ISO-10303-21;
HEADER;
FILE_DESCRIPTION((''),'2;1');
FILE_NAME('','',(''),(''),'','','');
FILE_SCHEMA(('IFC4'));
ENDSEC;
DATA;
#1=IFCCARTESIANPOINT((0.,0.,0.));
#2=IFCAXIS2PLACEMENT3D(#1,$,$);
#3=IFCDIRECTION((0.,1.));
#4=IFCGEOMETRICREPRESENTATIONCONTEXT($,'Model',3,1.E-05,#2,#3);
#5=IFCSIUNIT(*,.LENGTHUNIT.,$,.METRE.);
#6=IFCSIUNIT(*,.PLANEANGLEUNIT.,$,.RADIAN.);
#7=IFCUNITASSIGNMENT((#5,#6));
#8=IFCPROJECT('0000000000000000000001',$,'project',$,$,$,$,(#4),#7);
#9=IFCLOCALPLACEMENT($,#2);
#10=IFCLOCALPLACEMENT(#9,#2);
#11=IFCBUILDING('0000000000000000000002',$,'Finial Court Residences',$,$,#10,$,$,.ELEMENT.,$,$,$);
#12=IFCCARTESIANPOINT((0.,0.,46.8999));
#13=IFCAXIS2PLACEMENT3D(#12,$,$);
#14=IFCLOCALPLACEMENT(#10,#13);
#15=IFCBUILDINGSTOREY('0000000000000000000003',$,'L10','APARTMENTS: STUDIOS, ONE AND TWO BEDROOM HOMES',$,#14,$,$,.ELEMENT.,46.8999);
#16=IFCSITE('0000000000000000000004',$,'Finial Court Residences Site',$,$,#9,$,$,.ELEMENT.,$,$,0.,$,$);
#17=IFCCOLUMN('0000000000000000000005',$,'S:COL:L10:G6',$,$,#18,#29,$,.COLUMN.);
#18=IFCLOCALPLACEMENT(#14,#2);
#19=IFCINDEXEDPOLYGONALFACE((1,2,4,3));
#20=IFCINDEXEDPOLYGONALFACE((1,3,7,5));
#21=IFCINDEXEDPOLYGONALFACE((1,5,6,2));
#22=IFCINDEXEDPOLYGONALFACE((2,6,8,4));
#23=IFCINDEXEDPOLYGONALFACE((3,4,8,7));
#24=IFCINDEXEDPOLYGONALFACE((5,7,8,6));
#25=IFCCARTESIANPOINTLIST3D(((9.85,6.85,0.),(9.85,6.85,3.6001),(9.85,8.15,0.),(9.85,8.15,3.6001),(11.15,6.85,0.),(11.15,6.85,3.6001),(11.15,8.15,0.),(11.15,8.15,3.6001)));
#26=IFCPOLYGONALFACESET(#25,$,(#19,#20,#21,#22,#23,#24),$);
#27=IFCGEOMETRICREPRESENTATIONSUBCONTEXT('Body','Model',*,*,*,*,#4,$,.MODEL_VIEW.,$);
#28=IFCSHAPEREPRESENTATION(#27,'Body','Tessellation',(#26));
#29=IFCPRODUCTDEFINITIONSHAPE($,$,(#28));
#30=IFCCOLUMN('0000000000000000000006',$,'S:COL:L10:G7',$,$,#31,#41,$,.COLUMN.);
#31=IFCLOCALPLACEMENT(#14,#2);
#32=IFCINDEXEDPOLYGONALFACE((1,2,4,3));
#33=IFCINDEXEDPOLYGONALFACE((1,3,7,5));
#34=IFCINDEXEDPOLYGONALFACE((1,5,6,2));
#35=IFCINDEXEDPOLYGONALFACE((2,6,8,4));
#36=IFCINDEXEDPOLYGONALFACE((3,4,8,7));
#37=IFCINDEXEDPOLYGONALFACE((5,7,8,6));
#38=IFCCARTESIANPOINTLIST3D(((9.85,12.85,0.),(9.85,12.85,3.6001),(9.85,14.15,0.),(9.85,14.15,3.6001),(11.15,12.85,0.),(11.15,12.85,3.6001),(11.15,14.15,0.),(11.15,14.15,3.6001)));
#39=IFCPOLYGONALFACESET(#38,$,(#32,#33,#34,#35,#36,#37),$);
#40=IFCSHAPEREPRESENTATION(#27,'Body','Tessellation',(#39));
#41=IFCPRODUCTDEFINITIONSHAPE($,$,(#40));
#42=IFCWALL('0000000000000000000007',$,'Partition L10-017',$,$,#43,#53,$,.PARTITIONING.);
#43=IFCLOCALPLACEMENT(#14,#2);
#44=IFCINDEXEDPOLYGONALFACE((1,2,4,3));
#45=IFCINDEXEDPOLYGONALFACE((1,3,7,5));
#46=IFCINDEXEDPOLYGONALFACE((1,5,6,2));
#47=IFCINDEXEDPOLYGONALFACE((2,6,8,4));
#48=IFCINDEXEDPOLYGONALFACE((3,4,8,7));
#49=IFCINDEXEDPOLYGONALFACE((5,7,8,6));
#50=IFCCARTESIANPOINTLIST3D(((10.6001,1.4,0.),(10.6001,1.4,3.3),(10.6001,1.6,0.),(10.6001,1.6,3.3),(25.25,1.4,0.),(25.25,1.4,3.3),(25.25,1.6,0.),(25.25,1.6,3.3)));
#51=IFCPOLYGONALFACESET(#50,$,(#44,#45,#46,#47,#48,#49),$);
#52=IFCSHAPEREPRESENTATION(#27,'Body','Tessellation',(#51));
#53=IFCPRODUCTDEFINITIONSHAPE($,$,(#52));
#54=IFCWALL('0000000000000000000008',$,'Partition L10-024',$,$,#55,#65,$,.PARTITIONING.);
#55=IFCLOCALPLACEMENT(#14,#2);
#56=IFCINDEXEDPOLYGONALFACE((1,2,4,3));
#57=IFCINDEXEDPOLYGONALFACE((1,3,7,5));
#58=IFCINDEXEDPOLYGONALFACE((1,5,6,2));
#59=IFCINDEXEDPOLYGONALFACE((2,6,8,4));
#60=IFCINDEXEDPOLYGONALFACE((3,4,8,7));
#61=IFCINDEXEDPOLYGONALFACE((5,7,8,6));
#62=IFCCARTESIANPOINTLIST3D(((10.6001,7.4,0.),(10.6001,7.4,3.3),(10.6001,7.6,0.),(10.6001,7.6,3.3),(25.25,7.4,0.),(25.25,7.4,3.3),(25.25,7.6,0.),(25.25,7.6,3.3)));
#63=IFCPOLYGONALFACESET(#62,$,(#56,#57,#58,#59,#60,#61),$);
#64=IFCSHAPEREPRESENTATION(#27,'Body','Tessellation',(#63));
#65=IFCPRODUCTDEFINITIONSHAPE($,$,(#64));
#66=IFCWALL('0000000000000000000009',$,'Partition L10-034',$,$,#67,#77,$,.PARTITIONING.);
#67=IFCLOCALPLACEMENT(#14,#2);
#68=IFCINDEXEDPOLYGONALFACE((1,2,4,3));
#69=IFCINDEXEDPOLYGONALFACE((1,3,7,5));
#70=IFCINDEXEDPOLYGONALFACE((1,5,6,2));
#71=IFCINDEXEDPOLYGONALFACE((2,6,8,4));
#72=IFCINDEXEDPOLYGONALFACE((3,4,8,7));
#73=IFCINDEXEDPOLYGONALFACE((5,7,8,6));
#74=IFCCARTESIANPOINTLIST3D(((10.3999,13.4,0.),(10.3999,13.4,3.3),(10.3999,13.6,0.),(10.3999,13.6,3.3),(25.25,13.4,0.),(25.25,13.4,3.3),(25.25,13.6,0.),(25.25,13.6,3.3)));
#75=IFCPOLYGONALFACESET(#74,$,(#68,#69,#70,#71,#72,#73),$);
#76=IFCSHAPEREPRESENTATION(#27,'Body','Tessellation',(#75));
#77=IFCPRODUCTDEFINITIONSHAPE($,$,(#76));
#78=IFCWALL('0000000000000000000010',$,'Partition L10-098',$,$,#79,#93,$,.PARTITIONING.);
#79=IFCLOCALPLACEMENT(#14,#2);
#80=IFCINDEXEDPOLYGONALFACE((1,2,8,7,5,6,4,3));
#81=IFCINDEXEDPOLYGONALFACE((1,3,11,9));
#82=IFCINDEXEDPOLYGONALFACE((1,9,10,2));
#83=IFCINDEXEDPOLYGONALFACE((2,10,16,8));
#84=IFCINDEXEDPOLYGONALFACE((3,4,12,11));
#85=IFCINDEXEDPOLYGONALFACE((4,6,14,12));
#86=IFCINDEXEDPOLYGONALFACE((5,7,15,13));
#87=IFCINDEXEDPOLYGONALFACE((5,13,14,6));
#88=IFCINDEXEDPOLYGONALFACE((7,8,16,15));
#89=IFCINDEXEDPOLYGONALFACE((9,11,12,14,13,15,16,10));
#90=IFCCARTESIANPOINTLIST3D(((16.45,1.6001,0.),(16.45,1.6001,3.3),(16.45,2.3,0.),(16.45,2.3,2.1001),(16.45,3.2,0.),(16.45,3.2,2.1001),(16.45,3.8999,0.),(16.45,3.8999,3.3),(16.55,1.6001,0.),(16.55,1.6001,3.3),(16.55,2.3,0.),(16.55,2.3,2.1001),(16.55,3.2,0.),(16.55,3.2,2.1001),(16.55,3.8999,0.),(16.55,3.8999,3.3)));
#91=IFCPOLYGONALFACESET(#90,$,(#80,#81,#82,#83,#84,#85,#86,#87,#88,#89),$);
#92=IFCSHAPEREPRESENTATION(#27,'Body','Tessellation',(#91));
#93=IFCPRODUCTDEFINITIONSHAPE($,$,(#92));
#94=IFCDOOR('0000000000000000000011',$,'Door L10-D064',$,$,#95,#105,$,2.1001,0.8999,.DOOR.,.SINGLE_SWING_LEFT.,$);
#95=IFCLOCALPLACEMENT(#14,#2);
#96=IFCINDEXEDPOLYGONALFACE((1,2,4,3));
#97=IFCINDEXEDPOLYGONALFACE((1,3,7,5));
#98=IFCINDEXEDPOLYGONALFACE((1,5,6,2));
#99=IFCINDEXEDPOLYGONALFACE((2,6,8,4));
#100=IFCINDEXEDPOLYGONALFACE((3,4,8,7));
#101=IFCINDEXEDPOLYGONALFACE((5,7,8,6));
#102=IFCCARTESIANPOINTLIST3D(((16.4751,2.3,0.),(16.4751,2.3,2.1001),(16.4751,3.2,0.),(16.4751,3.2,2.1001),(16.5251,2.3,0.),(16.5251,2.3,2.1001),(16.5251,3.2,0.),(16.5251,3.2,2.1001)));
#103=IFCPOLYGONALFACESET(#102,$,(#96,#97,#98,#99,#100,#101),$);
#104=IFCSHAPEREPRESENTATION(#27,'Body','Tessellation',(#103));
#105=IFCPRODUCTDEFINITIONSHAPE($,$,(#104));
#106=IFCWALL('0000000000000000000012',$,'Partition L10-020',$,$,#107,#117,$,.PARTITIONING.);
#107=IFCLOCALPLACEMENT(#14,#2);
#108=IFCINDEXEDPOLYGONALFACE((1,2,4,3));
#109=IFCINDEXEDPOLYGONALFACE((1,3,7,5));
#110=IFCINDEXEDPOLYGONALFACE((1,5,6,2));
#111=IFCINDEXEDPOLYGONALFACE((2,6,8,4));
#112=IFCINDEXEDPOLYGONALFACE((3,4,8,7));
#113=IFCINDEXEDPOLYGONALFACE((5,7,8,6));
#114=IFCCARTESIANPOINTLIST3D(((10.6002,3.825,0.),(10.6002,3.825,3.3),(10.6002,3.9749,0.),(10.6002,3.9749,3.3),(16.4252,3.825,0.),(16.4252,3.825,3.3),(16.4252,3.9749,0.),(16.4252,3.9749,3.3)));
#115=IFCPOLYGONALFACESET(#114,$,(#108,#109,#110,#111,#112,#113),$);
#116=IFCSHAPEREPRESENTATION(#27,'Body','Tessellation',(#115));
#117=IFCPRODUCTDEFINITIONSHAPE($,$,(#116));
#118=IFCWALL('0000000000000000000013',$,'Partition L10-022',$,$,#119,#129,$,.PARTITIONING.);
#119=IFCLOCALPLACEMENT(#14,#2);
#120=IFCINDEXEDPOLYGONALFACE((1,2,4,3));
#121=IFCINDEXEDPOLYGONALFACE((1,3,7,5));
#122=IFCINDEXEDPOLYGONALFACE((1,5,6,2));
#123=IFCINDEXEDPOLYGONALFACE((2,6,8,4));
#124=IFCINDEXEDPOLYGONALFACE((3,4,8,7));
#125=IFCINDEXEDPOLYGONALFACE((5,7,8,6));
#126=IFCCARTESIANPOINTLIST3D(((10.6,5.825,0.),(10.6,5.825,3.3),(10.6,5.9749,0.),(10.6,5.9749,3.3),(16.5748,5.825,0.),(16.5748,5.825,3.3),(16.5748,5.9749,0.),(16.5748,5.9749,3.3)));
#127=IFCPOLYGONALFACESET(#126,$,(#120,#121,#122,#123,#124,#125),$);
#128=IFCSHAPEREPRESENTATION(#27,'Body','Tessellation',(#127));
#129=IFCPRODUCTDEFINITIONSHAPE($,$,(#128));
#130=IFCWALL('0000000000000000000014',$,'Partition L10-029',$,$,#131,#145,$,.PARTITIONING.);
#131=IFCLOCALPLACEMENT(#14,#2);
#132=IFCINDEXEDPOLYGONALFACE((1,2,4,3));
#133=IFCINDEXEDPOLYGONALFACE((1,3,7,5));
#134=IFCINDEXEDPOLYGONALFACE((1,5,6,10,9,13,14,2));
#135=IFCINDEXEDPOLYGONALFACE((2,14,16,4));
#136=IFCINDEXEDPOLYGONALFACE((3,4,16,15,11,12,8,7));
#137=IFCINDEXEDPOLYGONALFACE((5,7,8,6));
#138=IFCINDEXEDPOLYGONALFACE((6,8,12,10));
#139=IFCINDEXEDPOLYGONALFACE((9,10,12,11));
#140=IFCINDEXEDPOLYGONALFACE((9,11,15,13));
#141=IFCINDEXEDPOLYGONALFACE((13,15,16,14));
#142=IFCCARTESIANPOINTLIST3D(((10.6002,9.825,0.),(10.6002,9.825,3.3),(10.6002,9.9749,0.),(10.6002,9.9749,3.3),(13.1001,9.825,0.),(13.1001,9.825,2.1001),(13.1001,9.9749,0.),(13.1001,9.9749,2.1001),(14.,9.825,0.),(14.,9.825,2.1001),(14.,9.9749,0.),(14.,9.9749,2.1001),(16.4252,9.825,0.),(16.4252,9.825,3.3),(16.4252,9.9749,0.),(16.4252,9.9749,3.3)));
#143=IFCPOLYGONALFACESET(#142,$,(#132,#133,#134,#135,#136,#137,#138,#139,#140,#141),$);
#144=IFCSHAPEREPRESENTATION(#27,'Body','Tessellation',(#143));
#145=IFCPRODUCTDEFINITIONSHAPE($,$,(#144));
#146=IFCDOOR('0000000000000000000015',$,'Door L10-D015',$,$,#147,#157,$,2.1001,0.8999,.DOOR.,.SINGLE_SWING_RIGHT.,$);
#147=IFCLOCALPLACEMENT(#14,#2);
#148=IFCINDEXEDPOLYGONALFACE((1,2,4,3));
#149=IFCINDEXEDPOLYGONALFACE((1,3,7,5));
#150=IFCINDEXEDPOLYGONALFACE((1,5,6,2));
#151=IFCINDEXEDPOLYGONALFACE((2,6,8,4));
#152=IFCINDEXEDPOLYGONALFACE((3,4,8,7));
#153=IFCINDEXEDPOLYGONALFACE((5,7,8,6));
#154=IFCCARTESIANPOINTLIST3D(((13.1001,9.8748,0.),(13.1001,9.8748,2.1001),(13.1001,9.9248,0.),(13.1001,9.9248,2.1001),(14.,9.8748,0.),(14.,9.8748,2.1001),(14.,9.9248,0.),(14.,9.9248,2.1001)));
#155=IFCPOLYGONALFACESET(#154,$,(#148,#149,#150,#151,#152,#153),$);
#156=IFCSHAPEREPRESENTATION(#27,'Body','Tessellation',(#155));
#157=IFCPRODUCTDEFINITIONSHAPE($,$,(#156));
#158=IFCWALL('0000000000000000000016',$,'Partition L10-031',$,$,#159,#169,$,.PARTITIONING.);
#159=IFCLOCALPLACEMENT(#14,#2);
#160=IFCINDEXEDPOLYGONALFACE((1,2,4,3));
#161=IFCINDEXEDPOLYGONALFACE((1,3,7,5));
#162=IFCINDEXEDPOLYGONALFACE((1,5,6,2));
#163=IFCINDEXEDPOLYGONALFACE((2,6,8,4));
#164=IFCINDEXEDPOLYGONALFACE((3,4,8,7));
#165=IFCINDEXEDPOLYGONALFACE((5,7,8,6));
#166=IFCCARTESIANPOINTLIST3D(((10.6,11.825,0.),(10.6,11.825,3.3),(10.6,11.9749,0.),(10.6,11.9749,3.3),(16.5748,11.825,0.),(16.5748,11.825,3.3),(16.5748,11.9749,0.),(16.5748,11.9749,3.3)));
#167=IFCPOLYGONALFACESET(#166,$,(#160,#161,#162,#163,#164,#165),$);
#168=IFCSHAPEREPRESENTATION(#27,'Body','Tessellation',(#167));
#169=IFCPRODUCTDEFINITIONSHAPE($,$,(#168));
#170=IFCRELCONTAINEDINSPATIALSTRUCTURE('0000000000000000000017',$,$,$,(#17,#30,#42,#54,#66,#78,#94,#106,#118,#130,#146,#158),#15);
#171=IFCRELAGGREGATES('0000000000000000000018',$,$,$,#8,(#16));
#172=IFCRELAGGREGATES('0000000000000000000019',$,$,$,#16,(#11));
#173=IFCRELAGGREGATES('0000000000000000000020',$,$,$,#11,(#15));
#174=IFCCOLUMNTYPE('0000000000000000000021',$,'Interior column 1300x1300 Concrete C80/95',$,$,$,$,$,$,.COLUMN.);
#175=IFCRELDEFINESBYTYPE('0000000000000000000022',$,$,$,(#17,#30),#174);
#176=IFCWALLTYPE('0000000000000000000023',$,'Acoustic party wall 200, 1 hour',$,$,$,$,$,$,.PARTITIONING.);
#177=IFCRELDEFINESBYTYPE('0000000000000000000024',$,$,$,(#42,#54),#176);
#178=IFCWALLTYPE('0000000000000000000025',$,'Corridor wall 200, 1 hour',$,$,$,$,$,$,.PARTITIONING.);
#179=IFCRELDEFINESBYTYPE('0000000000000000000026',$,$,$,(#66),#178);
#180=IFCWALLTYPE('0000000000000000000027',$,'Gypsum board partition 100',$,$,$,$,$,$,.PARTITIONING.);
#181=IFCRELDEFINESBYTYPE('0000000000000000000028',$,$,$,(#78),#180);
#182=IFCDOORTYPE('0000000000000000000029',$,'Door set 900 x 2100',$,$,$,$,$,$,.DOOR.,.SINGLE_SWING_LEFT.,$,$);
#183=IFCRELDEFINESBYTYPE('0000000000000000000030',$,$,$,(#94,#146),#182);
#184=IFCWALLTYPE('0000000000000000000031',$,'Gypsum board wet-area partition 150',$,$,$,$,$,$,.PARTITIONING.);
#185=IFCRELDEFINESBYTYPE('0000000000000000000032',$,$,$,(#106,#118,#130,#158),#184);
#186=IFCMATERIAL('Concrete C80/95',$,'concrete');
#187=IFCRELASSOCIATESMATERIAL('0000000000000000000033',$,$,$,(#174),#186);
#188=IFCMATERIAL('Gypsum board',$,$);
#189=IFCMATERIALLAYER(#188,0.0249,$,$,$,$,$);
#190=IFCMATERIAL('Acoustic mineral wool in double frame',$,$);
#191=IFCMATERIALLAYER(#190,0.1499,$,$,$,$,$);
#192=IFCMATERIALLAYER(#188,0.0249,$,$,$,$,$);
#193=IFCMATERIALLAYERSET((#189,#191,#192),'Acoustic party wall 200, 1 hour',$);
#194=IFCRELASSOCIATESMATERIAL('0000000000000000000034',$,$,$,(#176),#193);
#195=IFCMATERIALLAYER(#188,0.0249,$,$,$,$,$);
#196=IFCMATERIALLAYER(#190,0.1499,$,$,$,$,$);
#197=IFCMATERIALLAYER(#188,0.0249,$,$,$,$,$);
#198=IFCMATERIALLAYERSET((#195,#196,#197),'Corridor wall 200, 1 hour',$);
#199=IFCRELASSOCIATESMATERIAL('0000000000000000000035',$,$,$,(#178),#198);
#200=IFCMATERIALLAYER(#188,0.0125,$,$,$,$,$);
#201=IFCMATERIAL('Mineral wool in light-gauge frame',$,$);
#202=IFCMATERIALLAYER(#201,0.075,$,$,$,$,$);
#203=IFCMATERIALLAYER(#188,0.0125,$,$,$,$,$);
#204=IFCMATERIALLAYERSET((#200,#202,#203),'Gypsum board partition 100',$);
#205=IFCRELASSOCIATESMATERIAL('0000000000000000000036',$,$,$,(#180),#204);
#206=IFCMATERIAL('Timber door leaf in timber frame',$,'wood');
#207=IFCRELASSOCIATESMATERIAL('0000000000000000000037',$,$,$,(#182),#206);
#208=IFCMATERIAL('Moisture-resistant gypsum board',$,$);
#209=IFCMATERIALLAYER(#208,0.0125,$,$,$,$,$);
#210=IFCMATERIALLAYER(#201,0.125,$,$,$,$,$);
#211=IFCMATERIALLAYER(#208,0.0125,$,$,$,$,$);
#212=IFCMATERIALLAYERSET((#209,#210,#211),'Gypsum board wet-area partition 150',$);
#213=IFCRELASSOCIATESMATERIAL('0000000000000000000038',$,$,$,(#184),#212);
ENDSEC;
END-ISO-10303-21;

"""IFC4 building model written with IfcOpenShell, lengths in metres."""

from ifc_helpers import new_model, si_unit, direction, frame, frame_2d, origin, origin_2d, place, context, subcontext, project, spatial, rectangle, extrude, material, layer, layer_set, material_profile, profile_set, type_object, element, fill, save


model = new_model("IFC4")

# Units and contexts
model_context = context("Model", 3, precision=1e-05, world=origin(), true_north=direction((0.0, 1.0)))
body_context = subcontext(model_context, "Body", "Model", "MODEL_VIEW")
ifc_project = project(units=[si_unit("LENGTHUNIT", "METRE"), si_unit("PLANEANGLEUNIT", "RADIAN")], contexts=[model_context])

# Site, building, storey
site_placement = place(None, origin())
site = spatial("IfcSite", under=ifc_project, at=site_placement, Name="Finial Court Residences Site", CompositionType="ELEMENT", RefElevation=0.0)
building_placement = place(site_placement, origin())
building = spatial("IfcBuilding", under=site, at=building_placement, Name="Finial Court Residences", CompositionType="ELEMENT")
storey_placement = place(building_placement, frame((0.0, 0.0, 46.8999)))
storey = spatial("IfcBuildingStorey", under=building, at=storey_placement, Name="L10", Description="APARTMENTS: STUDIOS, ONE AND TWO BEDROOM HOMES", CompositionType="ELEMENT", Elevation=46.8999)

# Columns
ifc_material_1 = material(Name="Concrete C80/95", Category="concrete")
ifc_material_profile = material_profile(ifc_material_1, rectangle(XDim=1.3, YDim=1.3, at=origin_2d()), Name="1300x1300")
ifc_profile_set = profile_set([ifc_material_profile], Name="Concrete C80/95")
column_type = type_object("IfcColumnType", Name="Interior column 1300x1300 Concrete C80/95", PredefinedType="COLUMN", material=ifc_profile_set)
for number, where, z_axis, x_axis, name in (
    (1, (10.5, 7.5, 0.0), (0.0, 0.0, 1.0), (1.0, 0.0, 0.0), "S:COL:L10:G6"),
    (2, (10.5, 13.5, 0.0), (0.0, 0.0, 1.0), (1.0, 0.0, 0.0), "S:COL:L10:G7"),
):
    element("IfcColumn", number, at=place(storey_placement, frame(where, z_axis=z_axis, x_axis=x_axis)), inside=storey, type_object=column_type, Name=name, PredefinedType="COLUMN", context=body_context, shape_type="SweptSolid", body=[
        extrude(rectangle(XDim=1.3, YDim=1.3, at=origin_2d()), origin(), (0.0, 0.0, 1.0), 3.6001),
    ])

# Walls
ifc_material_2 = material(Name="Gypsum board")
ifc_layer_1 = layer(ifc_material_2, 0.0249)
ifc_material_3 = material(Name="Acoustic mineral wool in double frame")
ifc_layer_2 = layer(ifc_material_3, 0.1499)
ifc_layer_3 = layer(ifc_material_2, 0.0249)
ifc_layer_set_1 = layer_set([ifc_layer_1, ifc_layer_2, ifc_layer_3], Name="Acoustic party wall 200, 1 hour")
wall_type_1 = type_object("IfcWallType", Name="Acoustic party wall 200, 1 hour", PredefinedType="PARTITIONING", material=ifc_layer_set_1)
for number, where, z_axis, x_axis, name in (
    (3, (10.6001, 1.5, 0.0), (0.0, 0.0, 1.0), (1.0, 0.0, 0.0), "Partition L10-017"),
    (4, (10.6001, 7.5, 0.0), (0.0, 0.0, 1.0), (1.0, 0.0, 0.0), "Partition L10-024"),
):
    element("IfcWall", number, at=place(storey_placement, frame(where, z_axis=z_axis, x_axis=x_axis)), inside=storey, type_object=wall_type_1, Name=name, PredefinedType="PARTITIONING", context=body_context, shape_type="SweptSolid", body=[
        extrude(rectangle(XDim=14.6499, YDim=0.2, at=frame_2d((7.325, 0.0))), origin(), (0.0, 0.0, 1.0), 3.3),
    ])
ifc_layer_4 = layer(ifc_material_2, 0.0249)
ifc_layer_5 = layer(ifc_material_3, 0.1499)
ifc_layer_6 = layer(ifc_material_2, 0.0249)
ifc_layer_set_2 = layer_set([ifc_layer_4, ifc_layer_5, ifc_layer_6], Name="Corridor wall 200, 1 hour")
wall_type_2 = type_object("IfcWallType", Name="Corridor wall 200, 1 hour", PredefinedType="PARTITIONING", material=ifc_layer_set_2)
wall_1_placement = place(storey_placement, frame((10.3999, 13.5, 0.0), z_axis=(0.0, 0.0, 1.0), x_axis=(1.0, 0.0, 0.0)))
element("IfcWall", 5, at=wall_1_placement, inside=storey, type_object=wall_type_2, Name="Partition L10-034", PredefinedType="PARTITIONING", context=body_context, shape_type="SweptSolid", body=[
    extrude(rectangle(XDim=14.8501, YDim=0.2, at=frame_2d((7.425, 0.0))), origin(), (0.0, 0.0, 1.0), 3.3),
])

# Wall, opening, door
ifc_layer_7 = layer(ifc_material_2, 0.0125)
ifc_material_4 = material(Name="Mineral wool in light-gauge frame")
ifc_layer_8 = layer(ifc_material_4, 0.075)
ifc_layer_9 = layer(ifc_material_2, 0.0125)
ifc_layer_set_3 = layer_set([ifc_layer_7, ifc_layer_8, ifc_layer_9], Name="Gypsum board partition 100")
wall_type_3 = type_object("IfcWallType", Name="Gypsum board partition 100", PredefinedType="PARTITIONING", material=ifc_layer_set_3)
wall_2_placement = place(storey_placement, frame((16.5, 1.6001, 0.0), z_axis=(0.0, 0.0, 1.0), x_axis=(0.0, 1.0, 0.0)))
wall_2 = element("IfcWall", 6, at=wall_2_placement, inside=storey, type_object=wall_type_3, Name="Partition L10-098", PredefinedType="PARTITIONING", context=body_context, shape_type="SweptSolid", body=[
    extrude(rectangle(XDim=2.2998, YDim=0.1001, at=frame_2d((1.1499, 0.0))), origin(), (0.0, 0.0, 1.0), 3.3),
])
opening_1_placement = place(wall_2_placement, frame((0.7, 0.0, 0.0)))
opening_1 = element("IfcOpeningElement", 7, at=opening_1_placement, cuts=wall_2, PredefinedType="OPENING", context=body_context, shape_type="SweptSolid", body=[
    extrude(rectangle(XDim=0.8999, YDim=2.1001, at=frame_2d((0.45, 1.05))), frame((0.0, 0.0601, 0.0), z_axis=(0.0, -1.0, 0.0), x_axis=(1.0, 0.0, 0.0)), (0.0, 0.0, 1.0), 0.1201),
])
ifc_material_5 = material(Name="Timber door leaf in timber frame", Category="wood")
door_type = type_object("IfcDoorType", Name="Door set 900 x 2100", OperationType="SINGLE_SWING_LEFT", PredefinedType="DOOR", material=ifc_material_5)
door_1_placement = place(opening_1_placement, origin())
door_1 = element("IfcDoor", 8, at=door_1_placement, inside=storey, type_object=door_type, Name="Door L10-D064", OperationType="SINGLE_SWING_LEFT", OverallHeight=2.1001, OverallWidth=0.8999, PredefinedType="DOOR", context=body_context, shape_type="SweptSolid", body=[
    extrude(rectangle(XDim=0.8999, YDim=2.1001, at=frame_2d((0.45, 1.05))), frame((0.0, 0.0249, 0.0), z_axis=(0.0, -1.0, 0.0), x_axis=(1.0, 0.0, 0.0)), (0.0, 0.0, 1.0), 0.05),
])
fill(opening_1, door_1)

# Walls
ifc_material_6 = material(Name="Moisture-resistant gypsum board")
ifc_layer_10 = layer(ifc_material_6, 0.0125)
ifc_layer_11 = layer(ifc_material_4, 0.125)
ifc_layer_12 = layer(ifc_material_6, 0.0125)
ifc_layer_set_4 = layer_set([ifc_layer_10, ifc_layer_11, ifc_layer_12], Name="Gypsum board wet-area partition 150")
wall_type_4 = type_object("IfcWallType", Name="Gypsum board wet-area partition 150", PredefinedType="PARTITIONING", material=ifc_layer_set_4)
wall_3_placement = place(storey_placement, frame((10.6001, 3.8999, 0.0), z_axis=(0.0, 0.0, 1.0), x_axis=(1.0, 0.0, 0.0)))
element("IfcWall", 9, at=wall_3_placement, inside=storey, type_object=wall_type_4, Name="Partition L10-020", PredefinedType="PARTITIONING", context=body_context, shape_type="SweptSolid", body=[
    extrude(rectangle(XDim=5.825, YDim=0.1499, at=frame_2d((2.9126, 0.0))), origin(), (0.0, 0.0, 1.0), 3.3),
])
wall_4_placement = place(storey_placement, frame((10.6001, 5.8999, 0.0), z_axis=(0.0, 0.0, 1.0), x_axis=(1.0, 0.0, 0.0)))
element("IfcWall", 10, at=wall_4_placement, inside=storey, type_object=wall_type_4, Name="Partition L10-022", PredefinedType="PARTITIONING", context=body_context, shape_type="SweptSolid", body=[
    extrude(rectangle(XDim=5.9749, YDim=0.1499, at=frame_2d((2.9873, 0.0))), origin(), (0.0, 0.0, 1.0), 3.3),
])

# Wall, opening, door
wall_5_placement = place(storey_placement, frame((10.6001, 9.8999, 0.0), z_axis=(0.0, 0.0, 1.0), x_axis=(1.0, 0.0, 0.0)))
wall_5 = element("IfcWall", 11, at=wall_5_placement, inside=storey, type_object=wall_type_4, Name="Partition L10-029", PredefinedType="PARTITIONING", context=body_context, shape_type="SweptSolid", body=[
    extrude(rectangle(XDim=5.825, YDim=0.1499, at=frame_2d((2.9126, 0.0))), origin(), (0.0, 0.0, 1.0), 3.3),
])
opening_2_placement = place(wall_5_placement, frame((2.5, 0.0, 0.0)))
opening_2 = element("IfcOpeningElement", 12, at=opening_2_placement, cuts=wall_5, PredefinedType="OPENING", context=body_context, shape_type="SweptSolid", body=[
    extrude(rectangle(XDim=0.8999, YDim=2.1001, at=frame_2d((0.45, 1.05))), frame((0.0, 0.085, 0.0), z_axis=(0.0, -1.0, 0.0), x_axis=(1.0, 0.0, 0.0)), (0.0, 0.0, 1.0), 0.1699),
])
door_2_placement = place(opening_2_placement, origin())
door_2 = element("IfcDoor", 13, at=door_2_placement, inside=storey, type_object=door_type, Name="Door L10-D015", OperationType="SINGLE_SWING_RIGHT", OverallHeight=2.1001, OverallWidth=0.8999, PredefinedType="DOOR", context=body_context, shape_type="SweptSolid", body=[
    extrude(rectangle(XDim=0.8999, YDim=2.1001, at=frame_2d((0.45, 1.05))), frame((0.0, 0.0249, 0.0), z_axis=(0.0, -1.0, 0.0), x_axis=(1.0, 0.0, 0.0)), (0.0, 0.0, 1.0), 0.05),
])
fill(opening_2, door_2)

# Wall
wall_6_placement = place(storey_placement, frame((10.6001, 11.8999, 0.0), z_axis=(0.0, 0.0, 1.0), x_axis=(1.0, 0.0, 0.0)))
element("IfcWall", 14, at=wall_6_placement, inside=storey, type_object=wall_type_4, Name="Partition L10-031", PredefinedType="PARTITIONING", context=body_context, shape_type="SweptSolid", body=[
    extrude(rectangle(XDim=5.9749, YDim=0.1499, at=frame_2d((2.9873, 0.0))), origin(), (0.0, 0.0, 1.0), 3.3),
])

save(model, "model.ifc")
